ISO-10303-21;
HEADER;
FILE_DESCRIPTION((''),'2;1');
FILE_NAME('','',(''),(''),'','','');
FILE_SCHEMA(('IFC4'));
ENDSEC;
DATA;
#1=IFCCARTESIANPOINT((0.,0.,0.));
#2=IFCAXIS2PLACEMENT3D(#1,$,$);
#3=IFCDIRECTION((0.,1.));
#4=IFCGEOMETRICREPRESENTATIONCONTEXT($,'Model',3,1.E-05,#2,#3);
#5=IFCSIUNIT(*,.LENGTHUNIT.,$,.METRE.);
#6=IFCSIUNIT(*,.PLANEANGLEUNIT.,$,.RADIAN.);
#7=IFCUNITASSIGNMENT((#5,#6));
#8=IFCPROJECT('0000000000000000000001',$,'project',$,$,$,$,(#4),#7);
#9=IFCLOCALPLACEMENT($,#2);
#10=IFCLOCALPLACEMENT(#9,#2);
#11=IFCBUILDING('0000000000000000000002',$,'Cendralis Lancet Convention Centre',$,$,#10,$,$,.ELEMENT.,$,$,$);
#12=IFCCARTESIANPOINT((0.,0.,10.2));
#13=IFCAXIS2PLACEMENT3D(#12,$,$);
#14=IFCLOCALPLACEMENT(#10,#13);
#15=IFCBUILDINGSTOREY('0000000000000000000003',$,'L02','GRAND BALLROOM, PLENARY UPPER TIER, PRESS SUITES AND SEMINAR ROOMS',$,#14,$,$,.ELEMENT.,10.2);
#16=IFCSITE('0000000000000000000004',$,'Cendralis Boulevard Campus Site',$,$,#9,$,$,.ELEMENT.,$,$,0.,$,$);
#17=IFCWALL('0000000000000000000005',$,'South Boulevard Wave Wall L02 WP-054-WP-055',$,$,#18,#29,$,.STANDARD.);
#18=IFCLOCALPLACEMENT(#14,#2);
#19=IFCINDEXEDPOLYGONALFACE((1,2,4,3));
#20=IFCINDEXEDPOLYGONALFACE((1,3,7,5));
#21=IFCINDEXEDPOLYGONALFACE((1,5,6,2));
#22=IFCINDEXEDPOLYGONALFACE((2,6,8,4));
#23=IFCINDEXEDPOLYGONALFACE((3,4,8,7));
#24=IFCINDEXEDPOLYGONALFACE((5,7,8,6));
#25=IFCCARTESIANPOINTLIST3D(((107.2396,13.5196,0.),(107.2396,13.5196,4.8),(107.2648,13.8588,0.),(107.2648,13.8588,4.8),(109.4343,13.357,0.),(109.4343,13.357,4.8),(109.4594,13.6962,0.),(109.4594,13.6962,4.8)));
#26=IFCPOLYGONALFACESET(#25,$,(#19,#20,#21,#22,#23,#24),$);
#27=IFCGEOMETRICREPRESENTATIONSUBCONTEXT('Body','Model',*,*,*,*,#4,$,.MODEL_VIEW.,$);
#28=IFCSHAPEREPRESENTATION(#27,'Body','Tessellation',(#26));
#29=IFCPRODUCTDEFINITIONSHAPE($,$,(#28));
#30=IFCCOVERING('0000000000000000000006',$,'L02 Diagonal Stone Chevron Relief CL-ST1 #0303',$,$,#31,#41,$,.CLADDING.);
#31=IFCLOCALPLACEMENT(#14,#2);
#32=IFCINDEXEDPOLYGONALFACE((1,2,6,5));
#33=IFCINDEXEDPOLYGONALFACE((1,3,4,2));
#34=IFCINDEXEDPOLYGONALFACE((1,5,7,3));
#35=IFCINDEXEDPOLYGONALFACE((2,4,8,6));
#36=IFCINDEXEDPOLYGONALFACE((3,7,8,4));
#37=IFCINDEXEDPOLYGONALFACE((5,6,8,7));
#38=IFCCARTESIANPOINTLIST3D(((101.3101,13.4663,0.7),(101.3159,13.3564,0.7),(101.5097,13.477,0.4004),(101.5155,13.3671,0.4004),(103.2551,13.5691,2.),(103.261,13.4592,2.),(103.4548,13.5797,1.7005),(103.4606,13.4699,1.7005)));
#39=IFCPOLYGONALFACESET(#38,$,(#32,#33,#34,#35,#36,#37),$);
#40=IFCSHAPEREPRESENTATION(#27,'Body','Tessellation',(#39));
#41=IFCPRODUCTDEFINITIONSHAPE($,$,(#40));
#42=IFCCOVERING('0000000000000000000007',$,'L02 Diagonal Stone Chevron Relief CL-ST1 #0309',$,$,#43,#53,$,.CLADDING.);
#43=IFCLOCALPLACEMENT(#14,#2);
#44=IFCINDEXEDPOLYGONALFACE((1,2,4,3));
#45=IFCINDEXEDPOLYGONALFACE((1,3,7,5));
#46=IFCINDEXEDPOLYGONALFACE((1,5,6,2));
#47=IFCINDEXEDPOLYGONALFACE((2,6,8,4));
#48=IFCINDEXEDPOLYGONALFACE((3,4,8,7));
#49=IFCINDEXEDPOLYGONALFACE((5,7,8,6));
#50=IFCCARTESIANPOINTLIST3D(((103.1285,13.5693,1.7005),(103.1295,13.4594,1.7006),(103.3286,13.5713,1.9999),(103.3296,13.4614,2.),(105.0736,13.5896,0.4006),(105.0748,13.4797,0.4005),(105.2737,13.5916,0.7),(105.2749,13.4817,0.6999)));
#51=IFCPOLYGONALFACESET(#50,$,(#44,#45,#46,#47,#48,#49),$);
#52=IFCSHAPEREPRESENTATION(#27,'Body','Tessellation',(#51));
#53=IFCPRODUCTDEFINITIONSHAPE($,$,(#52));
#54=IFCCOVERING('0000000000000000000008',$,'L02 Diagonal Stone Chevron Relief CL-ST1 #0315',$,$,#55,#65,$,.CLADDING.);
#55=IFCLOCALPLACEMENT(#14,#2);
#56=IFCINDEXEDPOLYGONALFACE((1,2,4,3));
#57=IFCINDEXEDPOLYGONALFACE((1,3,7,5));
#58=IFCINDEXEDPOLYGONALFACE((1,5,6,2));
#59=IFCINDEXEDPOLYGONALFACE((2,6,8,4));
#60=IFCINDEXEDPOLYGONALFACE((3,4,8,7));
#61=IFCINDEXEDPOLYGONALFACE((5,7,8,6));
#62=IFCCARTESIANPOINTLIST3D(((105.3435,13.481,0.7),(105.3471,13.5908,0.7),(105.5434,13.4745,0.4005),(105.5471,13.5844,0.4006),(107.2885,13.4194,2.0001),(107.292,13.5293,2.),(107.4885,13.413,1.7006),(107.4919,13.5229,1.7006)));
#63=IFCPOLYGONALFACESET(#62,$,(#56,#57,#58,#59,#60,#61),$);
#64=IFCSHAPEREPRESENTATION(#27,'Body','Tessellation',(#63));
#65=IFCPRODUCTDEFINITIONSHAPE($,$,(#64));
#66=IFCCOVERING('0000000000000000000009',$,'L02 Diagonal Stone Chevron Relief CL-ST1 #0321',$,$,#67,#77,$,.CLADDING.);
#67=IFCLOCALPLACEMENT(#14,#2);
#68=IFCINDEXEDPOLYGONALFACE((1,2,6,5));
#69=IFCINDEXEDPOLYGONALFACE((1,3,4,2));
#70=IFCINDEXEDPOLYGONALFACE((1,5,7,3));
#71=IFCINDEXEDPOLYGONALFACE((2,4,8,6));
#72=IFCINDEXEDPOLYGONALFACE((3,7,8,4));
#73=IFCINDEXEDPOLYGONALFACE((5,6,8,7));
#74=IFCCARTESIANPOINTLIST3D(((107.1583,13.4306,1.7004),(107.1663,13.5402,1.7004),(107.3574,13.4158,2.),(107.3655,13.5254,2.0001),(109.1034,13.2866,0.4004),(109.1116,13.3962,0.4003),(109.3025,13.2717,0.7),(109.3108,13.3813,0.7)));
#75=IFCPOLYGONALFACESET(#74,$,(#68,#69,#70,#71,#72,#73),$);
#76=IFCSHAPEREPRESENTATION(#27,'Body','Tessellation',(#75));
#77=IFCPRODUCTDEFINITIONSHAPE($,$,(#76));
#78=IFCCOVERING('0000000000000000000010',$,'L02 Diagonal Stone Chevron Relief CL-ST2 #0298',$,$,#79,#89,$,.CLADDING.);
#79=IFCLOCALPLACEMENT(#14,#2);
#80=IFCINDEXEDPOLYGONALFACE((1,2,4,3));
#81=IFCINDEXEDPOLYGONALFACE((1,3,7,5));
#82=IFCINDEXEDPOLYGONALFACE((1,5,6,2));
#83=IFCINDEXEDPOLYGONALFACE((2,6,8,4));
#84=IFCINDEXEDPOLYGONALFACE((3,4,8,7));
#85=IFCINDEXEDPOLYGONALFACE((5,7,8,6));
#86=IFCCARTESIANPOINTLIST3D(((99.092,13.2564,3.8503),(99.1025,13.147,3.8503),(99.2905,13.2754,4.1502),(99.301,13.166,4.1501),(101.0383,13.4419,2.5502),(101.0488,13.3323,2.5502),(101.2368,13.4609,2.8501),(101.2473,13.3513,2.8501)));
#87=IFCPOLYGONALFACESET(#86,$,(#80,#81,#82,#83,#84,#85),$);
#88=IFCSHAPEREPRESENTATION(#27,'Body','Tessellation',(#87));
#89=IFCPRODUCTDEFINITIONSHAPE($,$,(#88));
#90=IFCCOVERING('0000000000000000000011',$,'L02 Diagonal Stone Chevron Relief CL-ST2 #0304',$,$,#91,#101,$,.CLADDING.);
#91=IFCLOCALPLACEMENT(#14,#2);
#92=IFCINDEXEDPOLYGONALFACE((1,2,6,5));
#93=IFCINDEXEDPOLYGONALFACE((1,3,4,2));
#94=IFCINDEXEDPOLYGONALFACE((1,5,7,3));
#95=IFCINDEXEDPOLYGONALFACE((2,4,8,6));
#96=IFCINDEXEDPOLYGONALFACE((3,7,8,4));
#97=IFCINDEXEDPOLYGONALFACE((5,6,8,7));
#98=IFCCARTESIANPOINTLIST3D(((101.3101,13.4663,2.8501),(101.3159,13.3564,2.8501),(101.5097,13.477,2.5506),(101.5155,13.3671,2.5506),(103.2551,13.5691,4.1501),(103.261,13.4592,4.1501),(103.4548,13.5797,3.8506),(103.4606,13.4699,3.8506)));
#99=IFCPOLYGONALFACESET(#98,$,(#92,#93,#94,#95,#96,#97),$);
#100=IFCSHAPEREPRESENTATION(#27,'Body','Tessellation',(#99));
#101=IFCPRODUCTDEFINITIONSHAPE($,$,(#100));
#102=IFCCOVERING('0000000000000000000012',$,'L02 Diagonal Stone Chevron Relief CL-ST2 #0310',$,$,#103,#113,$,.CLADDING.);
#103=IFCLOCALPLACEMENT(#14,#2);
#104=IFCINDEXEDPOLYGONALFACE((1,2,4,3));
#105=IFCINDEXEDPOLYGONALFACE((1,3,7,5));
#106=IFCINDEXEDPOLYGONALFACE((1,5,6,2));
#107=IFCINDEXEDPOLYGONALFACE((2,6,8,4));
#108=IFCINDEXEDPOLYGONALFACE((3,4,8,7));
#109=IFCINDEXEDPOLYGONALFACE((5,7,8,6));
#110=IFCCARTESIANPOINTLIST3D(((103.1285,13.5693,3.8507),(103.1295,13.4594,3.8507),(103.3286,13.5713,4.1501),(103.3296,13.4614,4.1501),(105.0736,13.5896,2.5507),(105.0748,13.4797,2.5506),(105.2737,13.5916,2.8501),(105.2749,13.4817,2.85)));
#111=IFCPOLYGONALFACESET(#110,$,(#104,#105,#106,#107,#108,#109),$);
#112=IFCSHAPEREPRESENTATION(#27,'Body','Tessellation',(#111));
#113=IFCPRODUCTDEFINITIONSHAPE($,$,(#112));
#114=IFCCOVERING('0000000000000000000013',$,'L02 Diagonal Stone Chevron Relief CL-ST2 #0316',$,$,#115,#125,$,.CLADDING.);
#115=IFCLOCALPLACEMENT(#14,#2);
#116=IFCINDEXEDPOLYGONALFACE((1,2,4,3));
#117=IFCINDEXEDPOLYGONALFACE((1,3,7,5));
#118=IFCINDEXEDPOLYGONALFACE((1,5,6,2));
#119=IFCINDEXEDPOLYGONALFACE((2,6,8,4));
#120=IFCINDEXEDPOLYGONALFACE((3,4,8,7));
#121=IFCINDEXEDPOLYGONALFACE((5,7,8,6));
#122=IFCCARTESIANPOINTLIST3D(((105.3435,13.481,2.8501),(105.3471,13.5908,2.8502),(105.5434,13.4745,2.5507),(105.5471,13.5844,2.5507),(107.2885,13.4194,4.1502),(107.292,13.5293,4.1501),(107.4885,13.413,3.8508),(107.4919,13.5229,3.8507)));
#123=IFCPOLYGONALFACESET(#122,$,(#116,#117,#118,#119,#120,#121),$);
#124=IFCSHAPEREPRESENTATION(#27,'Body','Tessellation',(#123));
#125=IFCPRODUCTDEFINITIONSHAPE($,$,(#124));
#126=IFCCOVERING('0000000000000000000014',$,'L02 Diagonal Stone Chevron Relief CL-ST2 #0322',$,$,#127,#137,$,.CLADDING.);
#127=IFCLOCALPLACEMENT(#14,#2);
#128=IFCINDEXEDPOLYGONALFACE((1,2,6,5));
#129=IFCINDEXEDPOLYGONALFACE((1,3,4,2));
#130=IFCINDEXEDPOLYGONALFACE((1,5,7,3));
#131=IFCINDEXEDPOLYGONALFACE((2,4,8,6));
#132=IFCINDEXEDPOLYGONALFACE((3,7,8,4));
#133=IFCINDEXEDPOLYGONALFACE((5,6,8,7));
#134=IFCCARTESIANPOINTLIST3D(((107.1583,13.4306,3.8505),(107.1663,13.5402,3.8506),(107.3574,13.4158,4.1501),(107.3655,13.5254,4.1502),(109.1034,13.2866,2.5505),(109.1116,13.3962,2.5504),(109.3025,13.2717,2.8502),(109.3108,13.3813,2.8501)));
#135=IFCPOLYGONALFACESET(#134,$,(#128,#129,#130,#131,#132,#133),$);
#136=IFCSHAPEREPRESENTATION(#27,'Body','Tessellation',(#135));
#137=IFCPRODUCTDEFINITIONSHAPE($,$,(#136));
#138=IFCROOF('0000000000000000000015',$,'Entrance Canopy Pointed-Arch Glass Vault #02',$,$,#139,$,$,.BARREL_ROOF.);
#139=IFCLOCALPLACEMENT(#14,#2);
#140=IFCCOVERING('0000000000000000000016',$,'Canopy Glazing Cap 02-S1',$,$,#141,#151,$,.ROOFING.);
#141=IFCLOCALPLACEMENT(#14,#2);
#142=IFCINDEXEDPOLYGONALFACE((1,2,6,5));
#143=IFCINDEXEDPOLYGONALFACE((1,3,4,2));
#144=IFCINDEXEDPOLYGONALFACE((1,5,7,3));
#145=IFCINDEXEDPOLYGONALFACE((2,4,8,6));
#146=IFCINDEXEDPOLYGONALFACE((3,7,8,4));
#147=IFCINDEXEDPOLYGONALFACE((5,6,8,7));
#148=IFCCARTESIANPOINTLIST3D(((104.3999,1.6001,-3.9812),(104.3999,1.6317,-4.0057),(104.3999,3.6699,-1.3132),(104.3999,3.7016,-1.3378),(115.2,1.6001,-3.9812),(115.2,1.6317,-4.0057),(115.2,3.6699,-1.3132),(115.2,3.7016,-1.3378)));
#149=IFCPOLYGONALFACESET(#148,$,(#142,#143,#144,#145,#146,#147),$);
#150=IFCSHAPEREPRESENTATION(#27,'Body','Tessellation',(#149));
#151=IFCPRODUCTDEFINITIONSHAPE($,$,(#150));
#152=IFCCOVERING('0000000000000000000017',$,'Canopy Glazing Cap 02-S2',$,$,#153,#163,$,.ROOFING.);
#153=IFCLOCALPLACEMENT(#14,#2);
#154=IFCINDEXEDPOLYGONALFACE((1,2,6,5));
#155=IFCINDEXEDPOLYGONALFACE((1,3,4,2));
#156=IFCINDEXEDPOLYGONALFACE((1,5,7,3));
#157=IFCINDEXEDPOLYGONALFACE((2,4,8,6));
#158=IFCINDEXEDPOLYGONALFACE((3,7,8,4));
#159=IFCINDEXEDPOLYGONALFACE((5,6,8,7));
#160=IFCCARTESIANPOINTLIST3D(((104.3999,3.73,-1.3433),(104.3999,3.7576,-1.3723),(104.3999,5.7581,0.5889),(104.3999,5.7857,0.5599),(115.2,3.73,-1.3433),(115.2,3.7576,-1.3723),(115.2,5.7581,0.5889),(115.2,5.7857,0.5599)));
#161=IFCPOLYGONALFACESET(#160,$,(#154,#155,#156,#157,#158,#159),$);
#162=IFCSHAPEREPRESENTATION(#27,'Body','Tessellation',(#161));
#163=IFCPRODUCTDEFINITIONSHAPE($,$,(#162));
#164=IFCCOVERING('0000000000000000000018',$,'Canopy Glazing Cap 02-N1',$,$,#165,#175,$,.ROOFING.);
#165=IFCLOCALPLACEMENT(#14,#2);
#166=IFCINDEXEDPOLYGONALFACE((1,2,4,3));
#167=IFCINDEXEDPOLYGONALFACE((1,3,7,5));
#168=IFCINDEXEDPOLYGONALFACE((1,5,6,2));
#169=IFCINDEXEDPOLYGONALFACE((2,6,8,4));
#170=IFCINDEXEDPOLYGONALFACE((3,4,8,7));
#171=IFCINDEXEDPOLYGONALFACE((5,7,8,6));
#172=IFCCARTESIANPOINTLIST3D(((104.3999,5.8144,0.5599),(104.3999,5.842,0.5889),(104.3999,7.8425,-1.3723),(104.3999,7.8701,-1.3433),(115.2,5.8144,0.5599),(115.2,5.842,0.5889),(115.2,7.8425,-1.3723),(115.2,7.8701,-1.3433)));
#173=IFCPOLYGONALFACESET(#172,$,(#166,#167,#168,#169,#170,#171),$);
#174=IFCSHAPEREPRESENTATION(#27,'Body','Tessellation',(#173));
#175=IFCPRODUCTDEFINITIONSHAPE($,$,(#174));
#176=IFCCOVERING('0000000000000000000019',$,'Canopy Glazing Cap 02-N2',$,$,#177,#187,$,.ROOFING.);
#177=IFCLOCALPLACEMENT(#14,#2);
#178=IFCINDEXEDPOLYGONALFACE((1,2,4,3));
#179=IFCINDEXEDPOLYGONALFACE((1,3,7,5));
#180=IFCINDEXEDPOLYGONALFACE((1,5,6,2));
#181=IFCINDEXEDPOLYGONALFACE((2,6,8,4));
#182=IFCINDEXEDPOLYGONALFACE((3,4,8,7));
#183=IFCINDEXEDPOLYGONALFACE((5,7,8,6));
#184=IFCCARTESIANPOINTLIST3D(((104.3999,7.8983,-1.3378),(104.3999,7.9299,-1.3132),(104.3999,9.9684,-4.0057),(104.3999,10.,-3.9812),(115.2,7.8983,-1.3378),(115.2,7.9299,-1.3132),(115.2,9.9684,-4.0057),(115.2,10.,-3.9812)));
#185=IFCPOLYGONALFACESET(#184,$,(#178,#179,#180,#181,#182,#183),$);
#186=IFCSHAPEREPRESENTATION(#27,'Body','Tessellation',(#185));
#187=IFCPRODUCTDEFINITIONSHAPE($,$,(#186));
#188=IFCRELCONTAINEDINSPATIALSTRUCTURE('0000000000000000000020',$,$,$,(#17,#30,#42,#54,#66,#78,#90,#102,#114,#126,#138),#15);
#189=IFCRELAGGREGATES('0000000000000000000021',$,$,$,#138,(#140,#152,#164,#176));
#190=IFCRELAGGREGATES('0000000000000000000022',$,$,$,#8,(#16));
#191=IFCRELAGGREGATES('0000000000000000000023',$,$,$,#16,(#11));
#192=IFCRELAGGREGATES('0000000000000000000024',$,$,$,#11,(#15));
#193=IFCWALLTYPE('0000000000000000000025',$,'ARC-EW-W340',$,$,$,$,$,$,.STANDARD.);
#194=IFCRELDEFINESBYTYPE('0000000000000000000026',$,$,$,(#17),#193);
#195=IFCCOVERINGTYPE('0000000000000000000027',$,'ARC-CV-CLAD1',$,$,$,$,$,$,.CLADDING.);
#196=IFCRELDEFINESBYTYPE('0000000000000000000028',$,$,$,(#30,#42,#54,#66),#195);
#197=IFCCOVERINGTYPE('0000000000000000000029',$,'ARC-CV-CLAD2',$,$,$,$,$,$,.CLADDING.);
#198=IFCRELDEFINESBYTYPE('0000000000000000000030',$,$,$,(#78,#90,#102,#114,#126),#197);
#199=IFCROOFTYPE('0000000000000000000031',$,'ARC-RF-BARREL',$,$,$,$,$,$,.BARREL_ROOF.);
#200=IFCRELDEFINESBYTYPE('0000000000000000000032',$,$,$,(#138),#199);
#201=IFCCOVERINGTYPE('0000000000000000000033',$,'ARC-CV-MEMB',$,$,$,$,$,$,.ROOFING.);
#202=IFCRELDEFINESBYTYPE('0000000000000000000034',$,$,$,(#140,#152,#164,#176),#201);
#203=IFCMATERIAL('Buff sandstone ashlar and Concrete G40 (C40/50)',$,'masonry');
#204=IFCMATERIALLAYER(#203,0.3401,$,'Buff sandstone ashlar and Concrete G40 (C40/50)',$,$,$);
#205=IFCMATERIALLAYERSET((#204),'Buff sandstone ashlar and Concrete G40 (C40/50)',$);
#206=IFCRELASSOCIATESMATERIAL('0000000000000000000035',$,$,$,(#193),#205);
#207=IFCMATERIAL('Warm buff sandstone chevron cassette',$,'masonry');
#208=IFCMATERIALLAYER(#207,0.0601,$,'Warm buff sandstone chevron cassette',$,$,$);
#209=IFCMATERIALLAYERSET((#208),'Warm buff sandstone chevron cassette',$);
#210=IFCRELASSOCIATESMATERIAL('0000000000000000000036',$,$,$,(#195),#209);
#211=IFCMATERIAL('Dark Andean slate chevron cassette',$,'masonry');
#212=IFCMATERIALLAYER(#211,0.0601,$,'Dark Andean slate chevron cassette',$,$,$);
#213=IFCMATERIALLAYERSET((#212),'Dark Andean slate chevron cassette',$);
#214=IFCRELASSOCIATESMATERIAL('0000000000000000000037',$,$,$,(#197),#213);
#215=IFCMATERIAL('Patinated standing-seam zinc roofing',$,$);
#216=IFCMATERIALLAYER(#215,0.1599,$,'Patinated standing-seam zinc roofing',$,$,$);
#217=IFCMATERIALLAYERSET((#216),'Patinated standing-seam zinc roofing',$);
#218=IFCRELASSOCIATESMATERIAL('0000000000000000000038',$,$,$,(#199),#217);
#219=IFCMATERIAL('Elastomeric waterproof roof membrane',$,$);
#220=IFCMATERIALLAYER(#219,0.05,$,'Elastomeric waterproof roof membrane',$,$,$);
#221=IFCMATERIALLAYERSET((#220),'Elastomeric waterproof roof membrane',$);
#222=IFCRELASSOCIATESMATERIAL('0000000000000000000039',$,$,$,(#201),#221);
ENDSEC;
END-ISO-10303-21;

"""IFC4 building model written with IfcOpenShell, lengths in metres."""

from ifc_helpers import new_model, si_unit, direction, frame, frame_2d, origin, place, context, subcontext, project, spatial, polyline, rectangle, outline, extrude, material, layer, layer_set, type_object, element, aggregate, save


model = new_model("IFC4")

# Units and contexts
model_context = context("Model", 3, precision=1e-05, world=origin(), true_north=direction((0.0, 1.0)))
body_context = subcontext(model_context, "Body", "Model", "MODEL_VIEW")
ifc_project = project(units=[si_unit("LENGTHUNIT", "METRE"), si_unit("PLANEANGLEUNIT", "RADIAN")], contexts=[model_context])

# Site, building, storey
site_placement = place(None, origin())
site = spatial("IfcSite", under=ifc_project, at=site_placement, Name="Cendralis Boulevard Campus Site", CompositionType="ELEMENT", RefElevation=0.0)
building_placement = place(site_placement, origin())
building = spatial("IfcBuilding", under=site, at=building_placement, Name="Cendralis Lancet Convention Centre", CompositionType="ELEMENT")
storey_placement = place(building_placement, frame((0.0, 0.0, 10.2)))
storey = spatial("IfcBuildingStorey", under=building, at=storey_placement, Name="L02", Description="GRAND BALLROOM, PLENARY UPPER TIER, PRESS SUITES AND SEMINAR ROOMS", CompositionType="ELEMENT", Elevation=10.2)

# Shared definitions
ifc_material_1 = material(Name="Warm buff sandstone chevron cassette", Category="masonry")
ifc_material_2 = material(Name="Dark Andean slate chevron cassette", Category="masonry")

# Wall
ifc_material_3 = material(Name="Buff sandstone ashlar and Concrete G40 (C40/50)", Category="masonry")
ifc_layer_1 = layer(ifc_material_3, 0.3401, Name="Buff sandstone ashlar and Concrete G40 (C40/50)")
ifc_layer_set_1 = layer_set([ifc_layer_1], Name="Buff sandstone ashlar and Concrete G40 (C40/50)")
wall_type = type_object("IfcWallType", Name="ARC-EW-W340", PredefinedType="STANDARD", material=ifc_layer_set_1)
wall_1_placement = place(storey_placement, frame((107.2522, 13.6892, 0.0), z_axis=(0.0, 0.0, 1.0), x_axis=(0.997267, -0.073888, 0.0)))
element("IfcWall", 1, at=wall_1_placement, inside=storey, type_object=wall_type, Name="South Boulevard Wave Wall L02 WP-054-WP-055", PredefinedType="STANDARD", context=body_context, shape_type="SweptSolid", body=[
    extrude(rectangle(XDim=2.2007, YDim=0.3401, at=frame_2d((1.1003, 0.0))), origin(), (0.0, 0.0, 1.0), 4.8),
])

# Coverings
ifc_layer_2 = layer(ifc_material_1, 0.0601, Name="Warm buff sandstone chevron cassette")
ifc_layer_set_2 = layer_set([ifc_layer_2], Name="Warm buff sandstone chevron cassette")
covering_type_1 = type_object("IfcCoveringType", Name="ARC-CV-CLAD1", PredefinedType="CLADDING", material=ifc_layer_set_2)
covering_1_placement = place(storey_placement, frame((101.3159, 13.3564, 0.7), z_axis=(-0.554364, -0.029566, 0.831749), x_axis=(0.83059, 0.043891, 0.555152)))
element("IfcCovering", 2, at=covering_1_placement, inside=storey, type_object=covering_type_1, Name="L02 Diagonal Stone Chevron Relief CL-ST1 #0303", PredefinedType="CLADDING", context=body_context, shape_type="SweptSolid", body=[
    extrude(outline(polyline([(0.0, 0.0), (2.3418, 0.0), (2.3417, 0.11), (0.0, 0.11), (0.0, 0.0)])), origin(), (0.0, 0.0, -1.0), 0.3601),
])
covering_2_placement = place(storey_placement, frame((103.3296, 13.4614, 2.0), z_axis=(0.555614, 0.005556, 0.831421), x_axis=(0.831376, 0.00866, -0.555642)))
element("IfcCovering", 3, at=covering_2_placement, inside=storey, type_object=covering_type_1, Name="L02 Diagonal Stone Chevron Relief CL-ST1 #0309", PredefinedType="CLADDING", context=body_context, shape_type="SweptSolid", body=[
    extrude(outline(polyline([(0.0, 0.0), (2.3398, 0.0), (2.3398, 0.1099), (0.0001, 0.1099), (0.0, 0.0)])), origin(), (0.0, 0.0, -1.0), 0.3601),
])
covering_3_placement = place(storey_placement, frame((105.3435, 13.481, 0.7), z_axis=(-0.555231, 0.017891, 0.831504), x_axis=(0.831088, -0.026288, 0.555519)))
element("IfcCovering", 4, at=covering_3_placement, inside=storey, type_object=covering_type_1, Name="L02 Diagonal Stone Chevron Relief CL-ST1 #0315", PredefinedType="CLADDING", context=body_context, shape_type="SweptSolid", body=[
    extrude(outline(polyline([(0.0, 0.0), (2.3403, 0.0), (2.3403, 0.1099), (0.0002, 0.1099), (0.0, 0.0)])), origin(), (0.0, 0.0, -1.0), 0.3601),
])
covering_4_placement = place(storey_placement, frame((107.3574, 13.4158, 2.0), z_axis=(0.553076, -0.041265, 0.832108), x_axis=(0.829836, -0.061454, -0.554613)))
element("IfcCovering", 5, at=covering_4_placement, inside=storey, type_object=covering_type_1, Name="L02 Diagonal Stone Chevron Relief CL-ST1 #0321", PredefinedType="CLADDING", context=body_context, shape_type="SweptSolid", body=[
    extrude(outline(polyline([(0.0, 0.0), (2.344, 0.0), (2.3441, 0.1099), (-0.0001, 0.1099), (0.0, 0.0)])), origin(), (0.0, 0.0, -1.0), 0.3601),
])
ifc_layer_3 = layer(ifc_material_2, 0.0601, Name="Dark Andean slate chevron cassette")
ifc_layer_set_3 = layer_set([ifc_layer_3], Name="Dark Andean slate chevron cassette")
covering_type_2 = type_object("IfcCoveringType", Name="ARC-CV-CLAD2", PredefinedType="CLADDING", material=ifc_layer_set_3)
covering_5_placement = place(storey_placement, frame((99.301, 13.166, 4.1501), z_axis=(0.551184, 0.052845, 0.832709), x_axis=(0.82896, 0.078924, -0.553711)))
element("IfcCovering", 6, at=covering_5_placement, inside=storey, type_object=covering_type_2, Name="L02 Diagonal Stone Chevron Relief CL-ST2 #0298", PredefinedType="CLADDING", context=body_context, shape_type="SweptSolid", body=[
    extrude(outline(polyline([(0.0, 0.0), (2.3479, 0.0), (2.3478, 0.1101), (-0.0001, 0.1099), (0.0, 0.0)])), origin(), (0.0, 0.0, -1.0), 0.3601),
])
covering_6_placement = place(storey_placement, frame((101.3159, 13.3564, 2.8501), z_axis=(-0.554364, -0.029566, 0.831749), x_axis=(0.83059, 0.043891, 0.555152)))
element("IfcCovering", 7, at=covering_6_placement, inside=storey, type_object=covering_type_2, Name="L02 Diagonal Stone Chevron Relief CL-ST2 #0304", PredefinedType="CLADDING", context=body_context, shape_type="SweptSolid", body=[
    extrude(outline(polyline([(0.0, 0.0), (2.3418, 0.0), (2.3417, 0.11), (0.0, 0.11), (0.0, 0.0)])), origin(), (0.0, 0.0, -1.0), 0.3601),
])
covering_7_placement = place(storey_placement, frame((103.3296, 13.4614, 4.1501), z_axis=(0.555614, 0.005556, 0.831421), x_axis=(0.831376, 0.00866, -0.555642)))
element("IfcCovering", 8, at=covering_7_placement, inside=storey, type_object=covering_type_2, Name="L02 Diagonal Stone Chevron Relief CL-ST2 #0310", PredefinedType="CLADDING", context=body_context, shape_type="SweptSolid", body=[
    extrude(outline(polyline([(0.0, 0.0), (2.3398, 0.0), (2.3398, 0.1099), (0.0001, 0.1099), (0.0, 0.0)])), origin(), (0.0, 0.0, -1.0), 0.3601),
])
covering_8_placement = place(storey_placement, frame((105.3435, 13.481, 2.8501), z_axis=(-0.555231, 0.017891, 0.831504), x_axis=(0.831088, -0.026288, 0.555519)))
element("IfcCovering", 9, at=covering_8_placement, inside=storey, type_object=covering_type_2, Name="L02 Diagonal Stone Chevron Relief CL-ST2 #0316", PredefinedType="CLADDING", context=body_context, shape_type="SweptSolid", body=[
    extrude(outline(polyline([(0.0, 0.0), (2.3403, 0.0), (2.3403, 0.1099), (0.0002, 0.1099), (0.0, 0.0)])), origin(), (0.0, 0.0, -1.0), 0.3601),
])
covering_9_placement = place(storey_placement, frame((107.3574, 13.4158, 4.1501), z_axis=(0.553076, -0.041265, 0.832108), x_axis=(0.829836, -0.061454, -0.554613)))
element("IfcCovering", 10, at=covering_9_placement, inside=storey, type_object=covering_type_2, Name="L02 Diagonal Stone Chevron Relief CL-ST2 #0322", PredefinedType="CLADDING", context=body_context, shape_type="SweptSolid", body=[
    extrude(outline(polyline([(0.0, 0.0), (2.344, 0.0), (2.3441, 0.1099), (-0.0001, 0.1099), (0.0, 0.0)])), origin(), (0.0, 0.0, -1.0), 0.3601),
])

# Roof, coverings
ifc_material_4 = material(Name="Patinated standing-seam zinc roofing")
ifc_layer_4 = layer(ifc_material_4, 0.1599, Name="Patinated standing-seam zinc roofing")
ifc_layer_set_4 = layer_set([ifc_layer_4], Name="Patinated standing-seam zinc roofing")
roof_type = type_object("IfcRoofType", Name="ARC-RF-BARREL", PredefinedType="BARREL_ROOF", material=ifc_layer_set_4)
roof_placement = place(storey_placement, origin())
roof = element("IfcRoof", 11, at=roof_placement, inside=storey, type_object=roof_type, Name="Entrance Canopy Pointed-Arch Glass Vault #02", PredefinedType="BARREL_ROOF")
ifc_material_5 = material(Name="Elastomeric waterproof roof membrane")
ifc_layer_5 = layer(ifc_material_5, 0.05, Name="Elastomeric waterproof roof membrane")
ifc_layer_set_5 = layer_set([ifc_layer_5], Name="Elastomeric waterproof roof membrane")
covering_type_3 = type_object("IfcCoveringType", Name="ARC-CV-MEMB", PredefinedType="ROOFING", material=ifc_layer_set_5)
covering_10_placement = place(storey_placement, frame((104.3999, 1.6001, -3.9812), z_axis=(0.0, -0.790107, 0.612969), x_axis=(1.0, 0.0, 0.0)))
covering_10 = element("IfcCovering", 12, at=covering_10_placement, type_object=covering_type_3, Name="Canopy Glazing Cap 02-S1", PredefinedType="ROOFING", context=body_context, shape_type="SweptSolid", body=[
    extrude(outline(polyline([(0.0, 0.0), (10.8, 0.0), (10.8, 3.3767), (0.0, 3.3767), (0.0, 0.0)])), origin(), (0.0, 0.0, -1.0), 0.04),
])
covering_11_placement = place(storey_placement, frame((104.3999, 3.73, -1.3433), z_axis=(0.0, -0.689773, 0.724026), x_axis=(1.0, 0.0, 0.0)))
covering_11 = element("IfcCovering", 13, at=covering_11_placement, type_object=covering_type_3, Name="Canopy Glazing Cap 02-S2", PredefinedType="ROOFING", context=body_context, shape_type="SweptSolid", body=[
    extrude(outline(polyline([(0.0, 0.0), (10.8, 0.0), (10.8, 2.8011), (0.0, 2.8011), (0.0, 0.0)])), origin(), (0.0, 0.0, -1.0), 0.04),
])
covering_12_placement = place(storey_placement, frame((104.3999, 5.842, 0.5889), z_axis=(0.0, 0.689773, 0.724026), x_axis=(1.0, 0.0, 0.0)))
covering_12 = element("IfcCovering", 14, at=covering_12_placement, type_object=covering_type_3, Name="Canopy Glazing Cap 02-N1", PredefinedType="ROOFING", context=body_context, shape_type="SweptSolid", body=[
    extrude(outline(polyline([(0.0, 0.0), (10.8, 0.0), (10.8, 2.8011), (0.0, 2.8011), (0.0, 0.0)])), origin(), (0.0, 0.0, -1.0), 0.04),
])
covering_13_placement = place(storey_placement, frame((104.3999, 7.9299, -1.3132), z_axis=(0.0, 0.790072, 0.613014), x_axis=(1.0, 0.0, 0.0)))
covering_13 = element("IfcCovering", 15, at=covering_13_placement, type_object=covering_type_3, Name="Canopy Glazing Cap 02-N2", PredefinedType="ROOFING", context=body_context, shape_type="SweptSolid", body=[
    extrude(outline(polyline([(0.0, 0.0), (10.8, 0.0), (10.8, 3.3769), (0.0, 3.3769), (0.0, 0.0)])), origin(), (0.0, 0.0, -1.0), 0.04),
])
aggregate(roof, [covering_10, covering_11, covering_12, covering_13])

save(model, "model.ifc")
